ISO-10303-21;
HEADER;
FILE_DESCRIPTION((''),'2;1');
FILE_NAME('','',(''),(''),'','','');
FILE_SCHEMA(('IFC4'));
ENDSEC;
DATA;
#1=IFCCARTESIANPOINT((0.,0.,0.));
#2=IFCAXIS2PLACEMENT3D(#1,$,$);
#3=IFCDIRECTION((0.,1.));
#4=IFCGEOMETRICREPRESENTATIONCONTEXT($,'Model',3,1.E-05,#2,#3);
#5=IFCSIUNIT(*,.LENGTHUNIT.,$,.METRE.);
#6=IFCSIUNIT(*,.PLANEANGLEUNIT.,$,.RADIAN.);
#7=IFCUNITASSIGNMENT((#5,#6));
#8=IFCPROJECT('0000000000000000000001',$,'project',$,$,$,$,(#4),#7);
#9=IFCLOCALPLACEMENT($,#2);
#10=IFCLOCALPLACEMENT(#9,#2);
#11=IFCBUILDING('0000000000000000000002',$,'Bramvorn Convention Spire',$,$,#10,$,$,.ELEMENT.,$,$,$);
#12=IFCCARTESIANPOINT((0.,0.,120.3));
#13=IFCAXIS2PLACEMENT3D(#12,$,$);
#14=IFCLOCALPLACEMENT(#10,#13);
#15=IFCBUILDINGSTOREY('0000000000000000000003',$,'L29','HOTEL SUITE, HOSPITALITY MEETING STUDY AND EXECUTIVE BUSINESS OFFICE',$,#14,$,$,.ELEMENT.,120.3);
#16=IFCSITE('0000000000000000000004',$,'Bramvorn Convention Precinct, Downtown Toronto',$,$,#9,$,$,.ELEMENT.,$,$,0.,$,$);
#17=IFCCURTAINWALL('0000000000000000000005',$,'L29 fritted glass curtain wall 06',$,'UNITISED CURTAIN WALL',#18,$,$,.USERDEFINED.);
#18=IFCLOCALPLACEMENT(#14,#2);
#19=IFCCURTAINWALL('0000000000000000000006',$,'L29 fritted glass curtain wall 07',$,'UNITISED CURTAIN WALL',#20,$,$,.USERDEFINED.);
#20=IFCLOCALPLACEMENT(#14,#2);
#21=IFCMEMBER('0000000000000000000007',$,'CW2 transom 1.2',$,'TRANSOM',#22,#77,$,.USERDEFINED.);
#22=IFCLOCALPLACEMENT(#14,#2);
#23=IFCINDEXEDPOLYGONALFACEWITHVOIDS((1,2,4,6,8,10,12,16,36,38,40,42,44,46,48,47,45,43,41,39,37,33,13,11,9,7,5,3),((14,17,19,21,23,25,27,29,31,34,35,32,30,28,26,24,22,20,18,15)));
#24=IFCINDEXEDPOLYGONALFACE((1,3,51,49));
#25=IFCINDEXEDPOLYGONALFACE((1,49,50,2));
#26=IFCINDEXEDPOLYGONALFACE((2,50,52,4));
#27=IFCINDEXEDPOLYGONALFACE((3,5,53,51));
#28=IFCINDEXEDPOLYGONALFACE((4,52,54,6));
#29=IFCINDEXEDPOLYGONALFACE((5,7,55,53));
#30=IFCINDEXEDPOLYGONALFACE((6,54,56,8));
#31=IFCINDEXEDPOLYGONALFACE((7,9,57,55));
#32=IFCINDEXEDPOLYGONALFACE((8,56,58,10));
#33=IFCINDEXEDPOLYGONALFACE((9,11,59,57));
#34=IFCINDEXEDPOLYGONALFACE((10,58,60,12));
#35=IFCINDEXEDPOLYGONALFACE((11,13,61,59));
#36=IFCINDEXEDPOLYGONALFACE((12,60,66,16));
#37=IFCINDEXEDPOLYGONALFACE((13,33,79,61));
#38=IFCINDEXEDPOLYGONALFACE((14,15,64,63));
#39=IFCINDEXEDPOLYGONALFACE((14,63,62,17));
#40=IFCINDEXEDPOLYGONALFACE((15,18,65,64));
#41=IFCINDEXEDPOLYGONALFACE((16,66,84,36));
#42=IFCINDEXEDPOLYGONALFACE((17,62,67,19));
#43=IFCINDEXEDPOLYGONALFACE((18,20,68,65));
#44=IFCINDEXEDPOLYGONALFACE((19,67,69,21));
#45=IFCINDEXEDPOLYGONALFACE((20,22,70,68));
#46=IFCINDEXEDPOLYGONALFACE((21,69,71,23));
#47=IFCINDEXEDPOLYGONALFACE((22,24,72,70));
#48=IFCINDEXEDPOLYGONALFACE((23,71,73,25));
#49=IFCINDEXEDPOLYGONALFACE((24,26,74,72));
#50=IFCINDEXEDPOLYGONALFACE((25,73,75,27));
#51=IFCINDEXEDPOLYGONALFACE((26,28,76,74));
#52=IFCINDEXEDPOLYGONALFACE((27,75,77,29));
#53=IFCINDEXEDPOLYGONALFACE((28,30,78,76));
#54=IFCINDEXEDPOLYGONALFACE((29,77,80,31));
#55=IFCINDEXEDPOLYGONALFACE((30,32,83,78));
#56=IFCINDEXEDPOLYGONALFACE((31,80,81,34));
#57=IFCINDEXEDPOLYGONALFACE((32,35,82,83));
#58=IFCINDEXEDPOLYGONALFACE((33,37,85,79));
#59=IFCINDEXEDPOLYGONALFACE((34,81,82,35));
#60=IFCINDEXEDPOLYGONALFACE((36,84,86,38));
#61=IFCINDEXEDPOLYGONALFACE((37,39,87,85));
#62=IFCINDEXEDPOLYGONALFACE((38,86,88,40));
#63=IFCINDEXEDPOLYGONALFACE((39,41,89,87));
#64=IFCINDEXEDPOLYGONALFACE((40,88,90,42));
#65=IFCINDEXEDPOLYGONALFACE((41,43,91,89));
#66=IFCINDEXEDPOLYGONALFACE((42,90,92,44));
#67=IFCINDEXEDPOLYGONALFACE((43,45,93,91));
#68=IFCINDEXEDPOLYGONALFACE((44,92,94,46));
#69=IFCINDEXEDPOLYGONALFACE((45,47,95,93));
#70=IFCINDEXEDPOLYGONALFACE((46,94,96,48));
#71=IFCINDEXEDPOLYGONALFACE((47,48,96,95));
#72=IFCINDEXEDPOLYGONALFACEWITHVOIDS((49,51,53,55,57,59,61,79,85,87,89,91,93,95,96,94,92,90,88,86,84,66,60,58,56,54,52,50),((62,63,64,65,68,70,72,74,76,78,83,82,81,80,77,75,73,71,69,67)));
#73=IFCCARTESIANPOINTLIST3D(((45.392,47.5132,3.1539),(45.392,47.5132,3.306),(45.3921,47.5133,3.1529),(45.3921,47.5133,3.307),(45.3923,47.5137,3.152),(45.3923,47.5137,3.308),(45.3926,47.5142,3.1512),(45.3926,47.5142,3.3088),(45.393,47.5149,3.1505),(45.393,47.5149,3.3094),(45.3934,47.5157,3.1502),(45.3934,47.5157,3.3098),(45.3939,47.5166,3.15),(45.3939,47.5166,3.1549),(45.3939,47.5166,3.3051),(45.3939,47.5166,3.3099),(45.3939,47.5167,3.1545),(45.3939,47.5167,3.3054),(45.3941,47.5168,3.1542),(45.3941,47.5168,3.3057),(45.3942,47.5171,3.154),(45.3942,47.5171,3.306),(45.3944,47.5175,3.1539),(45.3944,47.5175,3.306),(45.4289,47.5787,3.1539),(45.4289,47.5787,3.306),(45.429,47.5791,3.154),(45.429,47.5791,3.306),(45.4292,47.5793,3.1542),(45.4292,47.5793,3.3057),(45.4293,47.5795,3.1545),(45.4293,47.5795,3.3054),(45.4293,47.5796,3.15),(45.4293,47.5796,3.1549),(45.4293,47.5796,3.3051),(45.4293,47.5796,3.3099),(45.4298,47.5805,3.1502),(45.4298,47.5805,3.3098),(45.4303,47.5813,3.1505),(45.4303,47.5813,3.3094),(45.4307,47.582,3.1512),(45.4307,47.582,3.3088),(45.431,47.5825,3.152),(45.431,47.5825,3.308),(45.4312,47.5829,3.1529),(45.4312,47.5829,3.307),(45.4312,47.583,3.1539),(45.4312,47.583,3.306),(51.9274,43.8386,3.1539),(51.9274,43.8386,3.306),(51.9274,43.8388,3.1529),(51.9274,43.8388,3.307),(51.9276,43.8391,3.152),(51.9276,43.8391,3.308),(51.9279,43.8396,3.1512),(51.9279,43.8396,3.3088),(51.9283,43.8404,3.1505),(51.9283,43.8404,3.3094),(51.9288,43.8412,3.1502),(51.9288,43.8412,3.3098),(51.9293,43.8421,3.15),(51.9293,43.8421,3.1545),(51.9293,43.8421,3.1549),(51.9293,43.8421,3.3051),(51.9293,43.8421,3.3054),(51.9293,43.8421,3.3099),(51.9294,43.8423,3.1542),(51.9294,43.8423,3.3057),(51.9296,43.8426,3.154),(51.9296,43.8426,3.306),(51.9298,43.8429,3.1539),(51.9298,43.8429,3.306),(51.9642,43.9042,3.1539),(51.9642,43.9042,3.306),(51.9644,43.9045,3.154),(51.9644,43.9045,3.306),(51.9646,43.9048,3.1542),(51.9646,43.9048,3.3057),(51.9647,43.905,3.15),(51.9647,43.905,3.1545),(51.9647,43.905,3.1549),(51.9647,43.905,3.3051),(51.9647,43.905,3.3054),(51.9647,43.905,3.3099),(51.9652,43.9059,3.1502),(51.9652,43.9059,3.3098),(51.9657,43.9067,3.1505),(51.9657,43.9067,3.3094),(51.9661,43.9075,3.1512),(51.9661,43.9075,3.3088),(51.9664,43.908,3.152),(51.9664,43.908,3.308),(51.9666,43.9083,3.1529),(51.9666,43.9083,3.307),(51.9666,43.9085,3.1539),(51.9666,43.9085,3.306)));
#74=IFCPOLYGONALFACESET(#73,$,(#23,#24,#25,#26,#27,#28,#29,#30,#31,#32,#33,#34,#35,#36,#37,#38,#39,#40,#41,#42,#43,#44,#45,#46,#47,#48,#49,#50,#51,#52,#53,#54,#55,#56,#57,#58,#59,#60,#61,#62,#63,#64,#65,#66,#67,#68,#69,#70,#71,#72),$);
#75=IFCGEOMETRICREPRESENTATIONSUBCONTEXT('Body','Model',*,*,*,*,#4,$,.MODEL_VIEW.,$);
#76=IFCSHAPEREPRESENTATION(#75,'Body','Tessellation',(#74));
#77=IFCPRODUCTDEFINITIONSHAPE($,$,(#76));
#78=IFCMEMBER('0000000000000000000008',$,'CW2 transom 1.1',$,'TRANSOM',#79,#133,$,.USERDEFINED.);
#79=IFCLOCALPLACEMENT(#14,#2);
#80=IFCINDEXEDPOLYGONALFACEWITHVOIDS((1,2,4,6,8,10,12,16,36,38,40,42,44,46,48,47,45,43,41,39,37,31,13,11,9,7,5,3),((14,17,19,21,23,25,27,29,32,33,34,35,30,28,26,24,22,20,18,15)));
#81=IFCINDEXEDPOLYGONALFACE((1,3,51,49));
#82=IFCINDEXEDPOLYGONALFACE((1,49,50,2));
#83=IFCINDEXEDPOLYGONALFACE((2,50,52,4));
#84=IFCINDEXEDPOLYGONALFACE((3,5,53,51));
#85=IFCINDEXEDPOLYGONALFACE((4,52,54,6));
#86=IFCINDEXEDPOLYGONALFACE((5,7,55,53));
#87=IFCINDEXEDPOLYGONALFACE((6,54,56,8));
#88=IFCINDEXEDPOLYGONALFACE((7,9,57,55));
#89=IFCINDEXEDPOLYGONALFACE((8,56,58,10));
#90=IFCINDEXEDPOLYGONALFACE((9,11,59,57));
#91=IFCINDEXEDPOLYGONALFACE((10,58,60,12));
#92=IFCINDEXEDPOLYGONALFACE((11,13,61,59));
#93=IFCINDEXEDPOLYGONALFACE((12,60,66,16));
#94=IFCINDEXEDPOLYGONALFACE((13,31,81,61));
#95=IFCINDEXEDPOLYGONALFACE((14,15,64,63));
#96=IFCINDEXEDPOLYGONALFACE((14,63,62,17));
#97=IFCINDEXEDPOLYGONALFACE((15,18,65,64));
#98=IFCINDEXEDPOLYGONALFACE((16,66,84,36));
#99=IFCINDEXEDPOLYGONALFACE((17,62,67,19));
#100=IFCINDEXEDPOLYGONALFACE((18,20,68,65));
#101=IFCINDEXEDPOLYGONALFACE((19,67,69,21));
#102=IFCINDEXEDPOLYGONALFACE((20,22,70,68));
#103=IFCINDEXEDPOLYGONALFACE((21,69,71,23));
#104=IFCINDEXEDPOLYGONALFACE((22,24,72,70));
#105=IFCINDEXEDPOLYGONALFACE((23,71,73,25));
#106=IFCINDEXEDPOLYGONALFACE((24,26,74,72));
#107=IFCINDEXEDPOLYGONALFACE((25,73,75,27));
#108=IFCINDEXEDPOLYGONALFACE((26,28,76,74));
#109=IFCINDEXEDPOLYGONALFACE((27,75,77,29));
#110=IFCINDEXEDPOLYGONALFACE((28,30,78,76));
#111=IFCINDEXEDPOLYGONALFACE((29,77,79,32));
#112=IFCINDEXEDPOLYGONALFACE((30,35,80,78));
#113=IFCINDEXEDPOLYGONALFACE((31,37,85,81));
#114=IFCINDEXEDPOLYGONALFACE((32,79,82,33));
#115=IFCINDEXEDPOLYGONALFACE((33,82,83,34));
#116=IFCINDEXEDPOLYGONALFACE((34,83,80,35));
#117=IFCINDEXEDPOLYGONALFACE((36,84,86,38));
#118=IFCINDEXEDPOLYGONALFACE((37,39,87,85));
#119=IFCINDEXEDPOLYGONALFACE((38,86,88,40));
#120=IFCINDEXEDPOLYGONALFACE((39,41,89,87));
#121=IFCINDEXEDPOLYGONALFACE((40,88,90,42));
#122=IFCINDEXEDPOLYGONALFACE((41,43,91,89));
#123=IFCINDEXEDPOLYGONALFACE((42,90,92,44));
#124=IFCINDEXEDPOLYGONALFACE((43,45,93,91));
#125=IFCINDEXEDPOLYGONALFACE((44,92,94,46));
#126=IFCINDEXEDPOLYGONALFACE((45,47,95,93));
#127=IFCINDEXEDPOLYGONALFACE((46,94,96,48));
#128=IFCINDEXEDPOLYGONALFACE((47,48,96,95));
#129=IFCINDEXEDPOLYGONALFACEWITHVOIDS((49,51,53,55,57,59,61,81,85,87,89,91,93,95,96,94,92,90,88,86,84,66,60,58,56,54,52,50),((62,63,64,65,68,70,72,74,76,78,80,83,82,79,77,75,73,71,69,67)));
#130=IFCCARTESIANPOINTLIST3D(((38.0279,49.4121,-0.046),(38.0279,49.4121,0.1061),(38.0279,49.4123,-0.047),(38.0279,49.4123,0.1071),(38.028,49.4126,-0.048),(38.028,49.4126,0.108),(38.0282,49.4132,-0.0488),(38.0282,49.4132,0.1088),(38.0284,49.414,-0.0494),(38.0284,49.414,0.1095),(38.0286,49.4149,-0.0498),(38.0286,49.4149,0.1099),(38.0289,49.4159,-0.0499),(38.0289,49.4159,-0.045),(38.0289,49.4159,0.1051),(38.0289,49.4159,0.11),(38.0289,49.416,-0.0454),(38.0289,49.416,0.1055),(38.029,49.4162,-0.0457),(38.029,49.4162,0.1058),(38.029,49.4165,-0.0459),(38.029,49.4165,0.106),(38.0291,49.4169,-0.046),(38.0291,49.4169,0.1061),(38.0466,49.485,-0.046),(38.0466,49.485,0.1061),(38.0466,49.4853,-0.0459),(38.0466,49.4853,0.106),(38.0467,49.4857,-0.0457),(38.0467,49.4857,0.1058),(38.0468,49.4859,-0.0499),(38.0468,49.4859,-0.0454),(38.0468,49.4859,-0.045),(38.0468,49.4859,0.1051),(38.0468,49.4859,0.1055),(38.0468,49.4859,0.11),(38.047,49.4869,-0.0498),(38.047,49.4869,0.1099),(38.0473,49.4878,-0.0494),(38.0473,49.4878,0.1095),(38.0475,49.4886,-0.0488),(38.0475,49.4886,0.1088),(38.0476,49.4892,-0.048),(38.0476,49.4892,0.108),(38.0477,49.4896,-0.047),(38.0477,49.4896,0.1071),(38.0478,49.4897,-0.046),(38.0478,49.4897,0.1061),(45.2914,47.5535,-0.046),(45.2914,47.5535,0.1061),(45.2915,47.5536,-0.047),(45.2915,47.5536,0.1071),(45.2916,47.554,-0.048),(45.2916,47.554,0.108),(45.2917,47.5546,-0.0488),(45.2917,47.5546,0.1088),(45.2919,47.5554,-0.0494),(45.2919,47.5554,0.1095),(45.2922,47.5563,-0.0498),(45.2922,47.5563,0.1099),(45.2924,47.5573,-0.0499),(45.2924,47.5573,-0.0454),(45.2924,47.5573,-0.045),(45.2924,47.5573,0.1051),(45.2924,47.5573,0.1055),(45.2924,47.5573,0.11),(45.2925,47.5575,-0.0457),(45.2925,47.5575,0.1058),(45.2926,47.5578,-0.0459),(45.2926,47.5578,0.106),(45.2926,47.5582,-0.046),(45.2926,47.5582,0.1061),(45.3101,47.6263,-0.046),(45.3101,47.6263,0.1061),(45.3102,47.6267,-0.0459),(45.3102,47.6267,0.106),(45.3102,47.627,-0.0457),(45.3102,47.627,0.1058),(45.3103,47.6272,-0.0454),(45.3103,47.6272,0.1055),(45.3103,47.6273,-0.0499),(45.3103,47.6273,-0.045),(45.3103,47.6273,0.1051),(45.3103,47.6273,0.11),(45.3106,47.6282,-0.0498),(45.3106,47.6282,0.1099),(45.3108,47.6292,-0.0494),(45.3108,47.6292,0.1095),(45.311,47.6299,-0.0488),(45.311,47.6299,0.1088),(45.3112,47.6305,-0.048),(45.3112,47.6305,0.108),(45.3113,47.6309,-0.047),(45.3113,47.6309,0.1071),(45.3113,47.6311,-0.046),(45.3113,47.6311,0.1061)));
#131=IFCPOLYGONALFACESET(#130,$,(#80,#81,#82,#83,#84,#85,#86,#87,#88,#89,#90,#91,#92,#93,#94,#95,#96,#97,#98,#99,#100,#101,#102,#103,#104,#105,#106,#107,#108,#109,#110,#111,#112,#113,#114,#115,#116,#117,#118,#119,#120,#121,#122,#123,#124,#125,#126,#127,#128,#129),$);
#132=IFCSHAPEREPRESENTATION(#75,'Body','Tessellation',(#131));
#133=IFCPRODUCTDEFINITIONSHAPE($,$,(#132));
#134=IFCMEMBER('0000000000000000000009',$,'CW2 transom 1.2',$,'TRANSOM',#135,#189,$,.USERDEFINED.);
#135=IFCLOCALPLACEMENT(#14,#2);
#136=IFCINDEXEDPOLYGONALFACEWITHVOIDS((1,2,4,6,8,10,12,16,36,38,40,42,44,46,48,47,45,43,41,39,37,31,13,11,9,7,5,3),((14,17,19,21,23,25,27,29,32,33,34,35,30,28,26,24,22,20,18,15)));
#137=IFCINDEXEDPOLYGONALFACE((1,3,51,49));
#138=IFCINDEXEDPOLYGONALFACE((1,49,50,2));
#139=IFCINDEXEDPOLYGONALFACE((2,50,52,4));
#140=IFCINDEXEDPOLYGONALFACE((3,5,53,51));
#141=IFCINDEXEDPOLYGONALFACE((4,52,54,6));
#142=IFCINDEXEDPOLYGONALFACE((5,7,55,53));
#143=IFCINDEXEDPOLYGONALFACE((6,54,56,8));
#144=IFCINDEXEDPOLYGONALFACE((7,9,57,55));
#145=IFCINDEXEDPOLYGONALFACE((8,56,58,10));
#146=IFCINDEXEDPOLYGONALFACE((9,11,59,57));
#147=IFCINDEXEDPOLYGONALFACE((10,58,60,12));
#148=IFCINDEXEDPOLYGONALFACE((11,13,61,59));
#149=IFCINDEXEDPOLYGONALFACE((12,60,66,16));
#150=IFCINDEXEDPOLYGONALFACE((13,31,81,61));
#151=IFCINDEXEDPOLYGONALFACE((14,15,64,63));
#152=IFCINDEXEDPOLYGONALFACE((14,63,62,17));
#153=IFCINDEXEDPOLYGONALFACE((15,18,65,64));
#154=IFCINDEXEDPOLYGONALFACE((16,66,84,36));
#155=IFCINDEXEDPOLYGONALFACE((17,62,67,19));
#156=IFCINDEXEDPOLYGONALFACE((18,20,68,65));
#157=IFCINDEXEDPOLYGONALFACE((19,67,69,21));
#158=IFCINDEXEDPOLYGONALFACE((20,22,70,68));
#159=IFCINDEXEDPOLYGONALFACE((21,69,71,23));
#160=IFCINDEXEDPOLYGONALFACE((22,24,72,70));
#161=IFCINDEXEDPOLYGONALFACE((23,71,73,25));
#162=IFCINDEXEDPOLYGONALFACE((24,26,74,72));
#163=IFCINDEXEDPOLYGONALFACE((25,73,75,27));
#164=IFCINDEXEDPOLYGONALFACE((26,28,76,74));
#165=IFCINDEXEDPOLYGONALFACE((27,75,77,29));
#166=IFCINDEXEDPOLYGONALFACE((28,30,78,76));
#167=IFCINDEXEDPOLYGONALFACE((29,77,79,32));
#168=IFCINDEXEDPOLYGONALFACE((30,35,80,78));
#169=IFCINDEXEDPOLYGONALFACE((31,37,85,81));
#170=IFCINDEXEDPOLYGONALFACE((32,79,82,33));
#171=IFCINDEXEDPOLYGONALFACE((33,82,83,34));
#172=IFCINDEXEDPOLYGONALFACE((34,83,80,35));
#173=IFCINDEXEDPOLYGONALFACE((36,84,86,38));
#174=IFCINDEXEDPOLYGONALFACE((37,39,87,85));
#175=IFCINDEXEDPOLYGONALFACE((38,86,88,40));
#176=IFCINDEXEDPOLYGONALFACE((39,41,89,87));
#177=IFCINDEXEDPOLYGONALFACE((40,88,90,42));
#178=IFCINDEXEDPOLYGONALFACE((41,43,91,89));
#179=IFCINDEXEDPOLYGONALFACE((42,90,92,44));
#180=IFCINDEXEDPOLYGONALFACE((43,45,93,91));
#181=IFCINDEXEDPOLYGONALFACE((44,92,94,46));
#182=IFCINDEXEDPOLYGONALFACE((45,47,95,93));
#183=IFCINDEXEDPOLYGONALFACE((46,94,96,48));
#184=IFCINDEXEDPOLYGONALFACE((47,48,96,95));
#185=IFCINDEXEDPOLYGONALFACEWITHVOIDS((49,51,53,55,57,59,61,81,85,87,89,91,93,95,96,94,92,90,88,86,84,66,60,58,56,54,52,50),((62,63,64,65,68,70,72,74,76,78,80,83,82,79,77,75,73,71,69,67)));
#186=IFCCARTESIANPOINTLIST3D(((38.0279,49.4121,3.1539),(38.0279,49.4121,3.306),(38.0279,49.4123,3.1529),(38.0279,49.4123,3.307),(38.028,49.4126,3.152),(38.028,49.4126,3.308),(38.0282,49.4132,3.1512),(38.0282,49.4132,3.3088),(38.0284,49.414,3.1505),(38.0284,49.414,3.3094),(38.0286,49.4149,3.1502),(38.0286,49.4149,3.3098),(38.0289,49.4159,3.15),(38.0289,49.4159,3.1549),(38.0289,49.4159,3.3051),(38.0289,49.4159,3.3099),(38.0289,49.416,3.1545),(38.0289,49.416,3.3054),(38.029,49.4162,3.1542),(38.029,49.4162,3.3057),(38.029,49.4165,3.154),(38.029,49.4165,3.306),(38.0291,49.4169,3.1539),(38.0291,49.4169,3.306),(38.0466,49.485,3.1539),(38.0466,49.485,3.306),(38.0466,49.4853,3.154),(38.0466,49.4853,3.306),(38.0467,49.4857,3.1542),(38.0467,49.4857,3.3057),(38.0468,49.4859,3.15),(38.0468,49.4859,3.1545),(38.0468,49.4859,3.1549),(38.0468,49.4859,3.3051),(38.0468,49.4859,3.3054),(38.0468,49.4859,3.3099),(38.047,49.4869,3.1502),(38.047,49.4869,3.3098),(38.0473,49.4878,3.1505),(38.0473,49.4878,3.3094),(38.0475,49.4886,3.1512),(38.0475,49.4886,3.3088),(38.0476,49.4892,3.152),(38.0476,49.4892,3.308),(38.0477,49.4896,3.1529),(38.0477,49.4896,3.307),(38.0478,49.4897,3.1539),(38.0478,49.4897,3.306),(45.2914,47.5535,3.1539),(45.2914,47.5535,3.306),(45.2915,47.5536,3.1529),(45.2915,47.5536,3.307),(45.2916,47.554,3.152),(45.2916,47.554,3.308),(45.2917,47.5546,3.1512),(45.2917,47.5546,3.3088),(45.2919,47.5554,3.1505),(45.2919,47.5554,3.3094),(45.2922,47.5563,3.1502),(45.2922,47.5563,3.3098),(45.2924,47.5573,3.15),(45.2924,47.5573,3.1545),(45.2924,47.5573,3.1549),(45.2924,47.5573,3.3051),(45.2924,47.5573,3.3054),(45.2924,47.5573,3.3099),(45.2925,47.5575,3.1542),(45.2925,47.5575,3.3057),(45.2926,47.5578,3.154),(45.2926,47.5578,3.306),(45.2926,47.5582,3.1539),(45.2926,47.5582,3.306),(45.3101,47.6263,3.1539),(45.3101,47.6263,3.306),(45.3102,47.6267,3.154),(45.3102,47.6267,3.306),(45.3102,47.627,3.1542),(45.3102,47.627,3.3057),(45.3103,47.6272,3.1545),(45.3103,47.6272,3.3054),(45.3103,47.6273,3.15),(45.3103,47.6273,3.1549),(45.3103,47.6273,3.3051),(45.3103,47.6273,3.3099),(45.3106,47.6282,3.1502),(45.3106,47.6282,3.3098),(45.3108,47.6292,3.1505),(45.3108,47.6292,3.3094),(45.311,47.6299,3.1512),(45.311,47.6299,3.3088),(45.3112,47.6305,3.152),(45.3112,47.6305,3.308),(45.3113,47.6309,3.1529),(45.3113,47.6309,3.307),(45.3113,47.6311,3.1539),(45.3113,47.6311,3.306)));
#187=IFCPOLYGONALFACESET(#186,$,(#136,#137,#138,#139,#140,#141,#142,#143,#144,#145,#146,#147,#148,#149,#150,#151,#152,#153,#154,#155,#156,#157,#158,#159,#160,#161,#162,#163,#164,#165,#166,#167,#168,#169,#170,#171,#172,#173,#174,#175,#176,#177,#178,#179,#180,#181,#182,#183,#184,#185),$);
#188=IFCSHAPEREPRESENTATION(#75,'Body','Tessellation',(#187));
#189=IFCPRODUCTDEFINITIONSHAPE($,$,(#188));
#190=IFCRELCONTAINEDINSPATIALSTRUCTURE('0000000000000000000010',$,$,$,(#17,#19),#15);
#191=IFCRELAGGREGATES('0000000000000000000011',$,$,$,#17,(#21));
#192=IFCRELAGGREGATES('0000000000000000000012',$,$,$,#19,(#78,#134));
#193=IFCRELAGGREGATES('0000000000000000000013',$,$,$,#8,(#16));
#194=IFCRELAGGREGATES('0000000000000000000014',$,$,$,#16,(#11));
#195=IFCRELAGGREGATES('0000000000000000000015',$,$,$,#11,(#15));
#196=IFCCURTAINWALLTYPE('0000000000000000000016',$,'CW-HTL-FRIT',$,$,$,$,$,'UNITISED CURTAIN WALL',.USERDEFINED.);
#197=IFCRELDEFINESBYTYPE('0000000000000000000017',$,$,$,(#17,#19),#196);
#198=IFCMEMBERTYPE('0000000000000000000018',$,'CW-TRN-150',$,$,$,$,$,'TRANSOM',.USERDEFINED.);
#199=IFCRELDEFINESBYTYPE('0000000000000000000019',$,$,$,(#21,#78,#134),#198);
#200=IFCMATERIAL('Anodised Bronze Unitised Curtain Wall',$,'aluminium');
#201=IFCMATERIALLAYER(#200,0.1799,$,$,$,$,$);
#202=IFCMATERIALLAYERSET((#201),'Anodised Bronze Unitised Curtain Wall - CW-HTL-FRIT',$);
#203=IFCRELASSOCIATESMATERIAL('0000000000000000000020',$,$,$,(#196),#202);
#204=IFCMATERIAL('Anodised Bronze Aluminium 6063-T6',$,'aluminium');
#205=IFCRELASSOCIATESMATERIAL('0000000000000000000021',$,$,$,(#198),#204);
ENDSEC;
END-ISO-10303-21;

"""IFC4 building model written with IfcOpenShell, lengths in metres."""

from ifc_helpers import new_model, si_unit, direction, frame, origin, origin_2d, place, context, subcontext, project, spatial, hollow_rectangle, extrude, material, layer, layer_set, material_profile, profile_set, type_object, element, aggregate, save


model = new_model("IFC4")

# Units and contexts
model_context = context("Model", 3, precision=1e-05, world=origin(), true_north=direction((0.0, 1.0)))
body_context = subcontext(model_context, "Body", "Model", "MODEL_VIEW")
ifc_project = project(units=[si_unit("LENGTHUNIT", "METRE"), si_unit("PLANEANGLEUNIT", "RADIAN")], contexts=[model_context])

# Site, building, storey
site_placement = place(None, origin())
site = spatial("IfcSite", under=ifc_project, at=site_placement, Name="Bramvorn Convention Precinct, Downtown Toronto", CompositionType="ELEMENT", RefElevation=0.0)
building_placement = place(site_placement, origin())
building = spatial("IfcBuilding", under=site, at=building_placement, Name="Bramvorn Convention Spire", CompositionType="ELEMENT")
storey_placement = place(building_placement, frame((0.0, 0.0, 120.3)))
storey = spatial("IfcBuildingStorey", under=building, at=storey_placement, Name="L29", Description="HOTEL SUITE, HOSPITALITY MEETING STUDY AND EXECUTIVE BUSINESS OFFICE", CompositionType="ELEMENT", Elevation=120.3)

# Curtain wall
ifc_material_1 = material(Name="Anodised Bronze Unitised Curtain Wall", Category="aluminium")
ifc_layer_1 = layer(ifc_material_1, 0.1799)
ifc_layer_set_1 = layer_set([ifc_layer_1], Name="Anodised Bronze Unitised Curtain Wall - CW-HTL-FRIT")
curtain_wall_type = type_object("IfcCurtainWallType", Name="CW-HTL-FRIT", ElementType="UNITISED CURTAIN WALL", PredefinedType="USERDEFINED", material=ifc_layer_set_1)
curtain_wall_1_placement = place(storey_placement, origin())
curtain_wall_1 = element("IfcCurtainWall", 1, at=curtain_wall_1_placement, inside=storey, type_object=curtain_wall_type, Name="L29 fritted glass curtain wall 06", ObjectType="UNITISED CURTAIN WALL", PredefinedType="USERDEFINED")
ifc_material_2 = material(Name="Anodised Bronze Aluminium 6063-T6", Category="aluminium")

# Curtain wall
curtain_wall_2_placement = place(storey_placement, origin())
curtain_wall_2 = element("IfcCurtainWall", 2, at=curtain_wall_2_placement, inside=storey, type_object=curtain_wall_type, Name="L29 fritted glass curtain wall 07", ObjectType="UNITISED CURTAIN WALL", PredefinedType="USERDEFINED")

# Members
ifc_material_profile_1 = material_profile(ifc_material_2, hollow_rectangle(XDim=0.0801, YDim=0.1599, WallThickness=0.0039, InnerFilletRadius=0.001, OuterFilletRadius=0.0039, at=origin_2d()))
ifc_profile_set_1 = profile_set([ifc_material_profile_1], Name="Anodised Bronze Aluminium 6063-T6 - CWT80X160")
member_type_1 = type_object("IfcMemberType", Name="CW-TRN-150", ElementType="TRANSOM", PredefinedType="USERDEFINED", material=ifc_profile_set_1)
member_1_placement = place(storey_placement, frame((45.4116, 47.5481, 3.23), z_axis=(0.871667, -0.490099, 0.0), x_axis=(0.490099, 0.871667, 0.0)))
member_1 = element("IfcMember", 3, at=member_1_placement, type_object=member_type_1, Name="CW2 transom 1.2", ObjectType="TRANSOM", PredefinedType="USERDEFINED", context=body_context, shape_type="SweptSolid", body=[
    extrude(hollow_rectangle(XDim=0.0801, YDim=0.1599, WallThickness=0.0039, InnerFilletRadius=0.001, OuterFilletRadius=0.0039, at=origin_2d()), origin(), (0.0, 0.0, 1.0), 7.4976),
])
aggregate(curtain_wall_1, [member_1])
member_2_placement = place(storey_placement, frame((38.0378, 49.4509, 0.03), z_axis=(0.968785, -0.247903, 0.0), x_axis=(0.247903, 0.968785, 0.0)))
member_2 = element("IfcMember", 4, at=member_2_placement, type_object=member_type_1, Name="CW2 transom 1.1", ObjectType="TRANSOM", PredefinedType="USERDEFINED", context=body_context, shape_type="SweptSolid", body=[
    extrude(hollow_rectangle(XDim=0.0801, YDim=0.1599, WallThickness=0.0039, InnerFilletRadius=0.001, OuterFilletRadius=0.0039, at=origin_2d()), origin(), (0.0, 0.0, 1.0), 7.4976),
])
member_3_placement = place(storey_placement, frame((38.0378, 49.4509, 3.23), z_axis=(0.968785, -0.247903, 0.0), x_axis=(0.247903, 0.968785, 0.0)))
member_3 = element("IfcMember", 5, at=member_3_placement, type_object=member_type_1, Name="CW2 transom 1.2", ObjectType="TRANSOM", PredefinedType="USERDEFINED", context=body_context, shape_type="SweptSolid", body=[
    extrude(hollow_rectangle(XDim=0.0801, YDim=0.1599, WallThickness=0.0039, InnerFilletRadius=0.001, OuterFilletRadius=0.0039, at=origin_2d()), origin(), (0.0, 0.0, 1.0), 7.4976),
])

aggregate(curtain_wall_2, [member_2, member_3])

save(model, "model.ifc")
